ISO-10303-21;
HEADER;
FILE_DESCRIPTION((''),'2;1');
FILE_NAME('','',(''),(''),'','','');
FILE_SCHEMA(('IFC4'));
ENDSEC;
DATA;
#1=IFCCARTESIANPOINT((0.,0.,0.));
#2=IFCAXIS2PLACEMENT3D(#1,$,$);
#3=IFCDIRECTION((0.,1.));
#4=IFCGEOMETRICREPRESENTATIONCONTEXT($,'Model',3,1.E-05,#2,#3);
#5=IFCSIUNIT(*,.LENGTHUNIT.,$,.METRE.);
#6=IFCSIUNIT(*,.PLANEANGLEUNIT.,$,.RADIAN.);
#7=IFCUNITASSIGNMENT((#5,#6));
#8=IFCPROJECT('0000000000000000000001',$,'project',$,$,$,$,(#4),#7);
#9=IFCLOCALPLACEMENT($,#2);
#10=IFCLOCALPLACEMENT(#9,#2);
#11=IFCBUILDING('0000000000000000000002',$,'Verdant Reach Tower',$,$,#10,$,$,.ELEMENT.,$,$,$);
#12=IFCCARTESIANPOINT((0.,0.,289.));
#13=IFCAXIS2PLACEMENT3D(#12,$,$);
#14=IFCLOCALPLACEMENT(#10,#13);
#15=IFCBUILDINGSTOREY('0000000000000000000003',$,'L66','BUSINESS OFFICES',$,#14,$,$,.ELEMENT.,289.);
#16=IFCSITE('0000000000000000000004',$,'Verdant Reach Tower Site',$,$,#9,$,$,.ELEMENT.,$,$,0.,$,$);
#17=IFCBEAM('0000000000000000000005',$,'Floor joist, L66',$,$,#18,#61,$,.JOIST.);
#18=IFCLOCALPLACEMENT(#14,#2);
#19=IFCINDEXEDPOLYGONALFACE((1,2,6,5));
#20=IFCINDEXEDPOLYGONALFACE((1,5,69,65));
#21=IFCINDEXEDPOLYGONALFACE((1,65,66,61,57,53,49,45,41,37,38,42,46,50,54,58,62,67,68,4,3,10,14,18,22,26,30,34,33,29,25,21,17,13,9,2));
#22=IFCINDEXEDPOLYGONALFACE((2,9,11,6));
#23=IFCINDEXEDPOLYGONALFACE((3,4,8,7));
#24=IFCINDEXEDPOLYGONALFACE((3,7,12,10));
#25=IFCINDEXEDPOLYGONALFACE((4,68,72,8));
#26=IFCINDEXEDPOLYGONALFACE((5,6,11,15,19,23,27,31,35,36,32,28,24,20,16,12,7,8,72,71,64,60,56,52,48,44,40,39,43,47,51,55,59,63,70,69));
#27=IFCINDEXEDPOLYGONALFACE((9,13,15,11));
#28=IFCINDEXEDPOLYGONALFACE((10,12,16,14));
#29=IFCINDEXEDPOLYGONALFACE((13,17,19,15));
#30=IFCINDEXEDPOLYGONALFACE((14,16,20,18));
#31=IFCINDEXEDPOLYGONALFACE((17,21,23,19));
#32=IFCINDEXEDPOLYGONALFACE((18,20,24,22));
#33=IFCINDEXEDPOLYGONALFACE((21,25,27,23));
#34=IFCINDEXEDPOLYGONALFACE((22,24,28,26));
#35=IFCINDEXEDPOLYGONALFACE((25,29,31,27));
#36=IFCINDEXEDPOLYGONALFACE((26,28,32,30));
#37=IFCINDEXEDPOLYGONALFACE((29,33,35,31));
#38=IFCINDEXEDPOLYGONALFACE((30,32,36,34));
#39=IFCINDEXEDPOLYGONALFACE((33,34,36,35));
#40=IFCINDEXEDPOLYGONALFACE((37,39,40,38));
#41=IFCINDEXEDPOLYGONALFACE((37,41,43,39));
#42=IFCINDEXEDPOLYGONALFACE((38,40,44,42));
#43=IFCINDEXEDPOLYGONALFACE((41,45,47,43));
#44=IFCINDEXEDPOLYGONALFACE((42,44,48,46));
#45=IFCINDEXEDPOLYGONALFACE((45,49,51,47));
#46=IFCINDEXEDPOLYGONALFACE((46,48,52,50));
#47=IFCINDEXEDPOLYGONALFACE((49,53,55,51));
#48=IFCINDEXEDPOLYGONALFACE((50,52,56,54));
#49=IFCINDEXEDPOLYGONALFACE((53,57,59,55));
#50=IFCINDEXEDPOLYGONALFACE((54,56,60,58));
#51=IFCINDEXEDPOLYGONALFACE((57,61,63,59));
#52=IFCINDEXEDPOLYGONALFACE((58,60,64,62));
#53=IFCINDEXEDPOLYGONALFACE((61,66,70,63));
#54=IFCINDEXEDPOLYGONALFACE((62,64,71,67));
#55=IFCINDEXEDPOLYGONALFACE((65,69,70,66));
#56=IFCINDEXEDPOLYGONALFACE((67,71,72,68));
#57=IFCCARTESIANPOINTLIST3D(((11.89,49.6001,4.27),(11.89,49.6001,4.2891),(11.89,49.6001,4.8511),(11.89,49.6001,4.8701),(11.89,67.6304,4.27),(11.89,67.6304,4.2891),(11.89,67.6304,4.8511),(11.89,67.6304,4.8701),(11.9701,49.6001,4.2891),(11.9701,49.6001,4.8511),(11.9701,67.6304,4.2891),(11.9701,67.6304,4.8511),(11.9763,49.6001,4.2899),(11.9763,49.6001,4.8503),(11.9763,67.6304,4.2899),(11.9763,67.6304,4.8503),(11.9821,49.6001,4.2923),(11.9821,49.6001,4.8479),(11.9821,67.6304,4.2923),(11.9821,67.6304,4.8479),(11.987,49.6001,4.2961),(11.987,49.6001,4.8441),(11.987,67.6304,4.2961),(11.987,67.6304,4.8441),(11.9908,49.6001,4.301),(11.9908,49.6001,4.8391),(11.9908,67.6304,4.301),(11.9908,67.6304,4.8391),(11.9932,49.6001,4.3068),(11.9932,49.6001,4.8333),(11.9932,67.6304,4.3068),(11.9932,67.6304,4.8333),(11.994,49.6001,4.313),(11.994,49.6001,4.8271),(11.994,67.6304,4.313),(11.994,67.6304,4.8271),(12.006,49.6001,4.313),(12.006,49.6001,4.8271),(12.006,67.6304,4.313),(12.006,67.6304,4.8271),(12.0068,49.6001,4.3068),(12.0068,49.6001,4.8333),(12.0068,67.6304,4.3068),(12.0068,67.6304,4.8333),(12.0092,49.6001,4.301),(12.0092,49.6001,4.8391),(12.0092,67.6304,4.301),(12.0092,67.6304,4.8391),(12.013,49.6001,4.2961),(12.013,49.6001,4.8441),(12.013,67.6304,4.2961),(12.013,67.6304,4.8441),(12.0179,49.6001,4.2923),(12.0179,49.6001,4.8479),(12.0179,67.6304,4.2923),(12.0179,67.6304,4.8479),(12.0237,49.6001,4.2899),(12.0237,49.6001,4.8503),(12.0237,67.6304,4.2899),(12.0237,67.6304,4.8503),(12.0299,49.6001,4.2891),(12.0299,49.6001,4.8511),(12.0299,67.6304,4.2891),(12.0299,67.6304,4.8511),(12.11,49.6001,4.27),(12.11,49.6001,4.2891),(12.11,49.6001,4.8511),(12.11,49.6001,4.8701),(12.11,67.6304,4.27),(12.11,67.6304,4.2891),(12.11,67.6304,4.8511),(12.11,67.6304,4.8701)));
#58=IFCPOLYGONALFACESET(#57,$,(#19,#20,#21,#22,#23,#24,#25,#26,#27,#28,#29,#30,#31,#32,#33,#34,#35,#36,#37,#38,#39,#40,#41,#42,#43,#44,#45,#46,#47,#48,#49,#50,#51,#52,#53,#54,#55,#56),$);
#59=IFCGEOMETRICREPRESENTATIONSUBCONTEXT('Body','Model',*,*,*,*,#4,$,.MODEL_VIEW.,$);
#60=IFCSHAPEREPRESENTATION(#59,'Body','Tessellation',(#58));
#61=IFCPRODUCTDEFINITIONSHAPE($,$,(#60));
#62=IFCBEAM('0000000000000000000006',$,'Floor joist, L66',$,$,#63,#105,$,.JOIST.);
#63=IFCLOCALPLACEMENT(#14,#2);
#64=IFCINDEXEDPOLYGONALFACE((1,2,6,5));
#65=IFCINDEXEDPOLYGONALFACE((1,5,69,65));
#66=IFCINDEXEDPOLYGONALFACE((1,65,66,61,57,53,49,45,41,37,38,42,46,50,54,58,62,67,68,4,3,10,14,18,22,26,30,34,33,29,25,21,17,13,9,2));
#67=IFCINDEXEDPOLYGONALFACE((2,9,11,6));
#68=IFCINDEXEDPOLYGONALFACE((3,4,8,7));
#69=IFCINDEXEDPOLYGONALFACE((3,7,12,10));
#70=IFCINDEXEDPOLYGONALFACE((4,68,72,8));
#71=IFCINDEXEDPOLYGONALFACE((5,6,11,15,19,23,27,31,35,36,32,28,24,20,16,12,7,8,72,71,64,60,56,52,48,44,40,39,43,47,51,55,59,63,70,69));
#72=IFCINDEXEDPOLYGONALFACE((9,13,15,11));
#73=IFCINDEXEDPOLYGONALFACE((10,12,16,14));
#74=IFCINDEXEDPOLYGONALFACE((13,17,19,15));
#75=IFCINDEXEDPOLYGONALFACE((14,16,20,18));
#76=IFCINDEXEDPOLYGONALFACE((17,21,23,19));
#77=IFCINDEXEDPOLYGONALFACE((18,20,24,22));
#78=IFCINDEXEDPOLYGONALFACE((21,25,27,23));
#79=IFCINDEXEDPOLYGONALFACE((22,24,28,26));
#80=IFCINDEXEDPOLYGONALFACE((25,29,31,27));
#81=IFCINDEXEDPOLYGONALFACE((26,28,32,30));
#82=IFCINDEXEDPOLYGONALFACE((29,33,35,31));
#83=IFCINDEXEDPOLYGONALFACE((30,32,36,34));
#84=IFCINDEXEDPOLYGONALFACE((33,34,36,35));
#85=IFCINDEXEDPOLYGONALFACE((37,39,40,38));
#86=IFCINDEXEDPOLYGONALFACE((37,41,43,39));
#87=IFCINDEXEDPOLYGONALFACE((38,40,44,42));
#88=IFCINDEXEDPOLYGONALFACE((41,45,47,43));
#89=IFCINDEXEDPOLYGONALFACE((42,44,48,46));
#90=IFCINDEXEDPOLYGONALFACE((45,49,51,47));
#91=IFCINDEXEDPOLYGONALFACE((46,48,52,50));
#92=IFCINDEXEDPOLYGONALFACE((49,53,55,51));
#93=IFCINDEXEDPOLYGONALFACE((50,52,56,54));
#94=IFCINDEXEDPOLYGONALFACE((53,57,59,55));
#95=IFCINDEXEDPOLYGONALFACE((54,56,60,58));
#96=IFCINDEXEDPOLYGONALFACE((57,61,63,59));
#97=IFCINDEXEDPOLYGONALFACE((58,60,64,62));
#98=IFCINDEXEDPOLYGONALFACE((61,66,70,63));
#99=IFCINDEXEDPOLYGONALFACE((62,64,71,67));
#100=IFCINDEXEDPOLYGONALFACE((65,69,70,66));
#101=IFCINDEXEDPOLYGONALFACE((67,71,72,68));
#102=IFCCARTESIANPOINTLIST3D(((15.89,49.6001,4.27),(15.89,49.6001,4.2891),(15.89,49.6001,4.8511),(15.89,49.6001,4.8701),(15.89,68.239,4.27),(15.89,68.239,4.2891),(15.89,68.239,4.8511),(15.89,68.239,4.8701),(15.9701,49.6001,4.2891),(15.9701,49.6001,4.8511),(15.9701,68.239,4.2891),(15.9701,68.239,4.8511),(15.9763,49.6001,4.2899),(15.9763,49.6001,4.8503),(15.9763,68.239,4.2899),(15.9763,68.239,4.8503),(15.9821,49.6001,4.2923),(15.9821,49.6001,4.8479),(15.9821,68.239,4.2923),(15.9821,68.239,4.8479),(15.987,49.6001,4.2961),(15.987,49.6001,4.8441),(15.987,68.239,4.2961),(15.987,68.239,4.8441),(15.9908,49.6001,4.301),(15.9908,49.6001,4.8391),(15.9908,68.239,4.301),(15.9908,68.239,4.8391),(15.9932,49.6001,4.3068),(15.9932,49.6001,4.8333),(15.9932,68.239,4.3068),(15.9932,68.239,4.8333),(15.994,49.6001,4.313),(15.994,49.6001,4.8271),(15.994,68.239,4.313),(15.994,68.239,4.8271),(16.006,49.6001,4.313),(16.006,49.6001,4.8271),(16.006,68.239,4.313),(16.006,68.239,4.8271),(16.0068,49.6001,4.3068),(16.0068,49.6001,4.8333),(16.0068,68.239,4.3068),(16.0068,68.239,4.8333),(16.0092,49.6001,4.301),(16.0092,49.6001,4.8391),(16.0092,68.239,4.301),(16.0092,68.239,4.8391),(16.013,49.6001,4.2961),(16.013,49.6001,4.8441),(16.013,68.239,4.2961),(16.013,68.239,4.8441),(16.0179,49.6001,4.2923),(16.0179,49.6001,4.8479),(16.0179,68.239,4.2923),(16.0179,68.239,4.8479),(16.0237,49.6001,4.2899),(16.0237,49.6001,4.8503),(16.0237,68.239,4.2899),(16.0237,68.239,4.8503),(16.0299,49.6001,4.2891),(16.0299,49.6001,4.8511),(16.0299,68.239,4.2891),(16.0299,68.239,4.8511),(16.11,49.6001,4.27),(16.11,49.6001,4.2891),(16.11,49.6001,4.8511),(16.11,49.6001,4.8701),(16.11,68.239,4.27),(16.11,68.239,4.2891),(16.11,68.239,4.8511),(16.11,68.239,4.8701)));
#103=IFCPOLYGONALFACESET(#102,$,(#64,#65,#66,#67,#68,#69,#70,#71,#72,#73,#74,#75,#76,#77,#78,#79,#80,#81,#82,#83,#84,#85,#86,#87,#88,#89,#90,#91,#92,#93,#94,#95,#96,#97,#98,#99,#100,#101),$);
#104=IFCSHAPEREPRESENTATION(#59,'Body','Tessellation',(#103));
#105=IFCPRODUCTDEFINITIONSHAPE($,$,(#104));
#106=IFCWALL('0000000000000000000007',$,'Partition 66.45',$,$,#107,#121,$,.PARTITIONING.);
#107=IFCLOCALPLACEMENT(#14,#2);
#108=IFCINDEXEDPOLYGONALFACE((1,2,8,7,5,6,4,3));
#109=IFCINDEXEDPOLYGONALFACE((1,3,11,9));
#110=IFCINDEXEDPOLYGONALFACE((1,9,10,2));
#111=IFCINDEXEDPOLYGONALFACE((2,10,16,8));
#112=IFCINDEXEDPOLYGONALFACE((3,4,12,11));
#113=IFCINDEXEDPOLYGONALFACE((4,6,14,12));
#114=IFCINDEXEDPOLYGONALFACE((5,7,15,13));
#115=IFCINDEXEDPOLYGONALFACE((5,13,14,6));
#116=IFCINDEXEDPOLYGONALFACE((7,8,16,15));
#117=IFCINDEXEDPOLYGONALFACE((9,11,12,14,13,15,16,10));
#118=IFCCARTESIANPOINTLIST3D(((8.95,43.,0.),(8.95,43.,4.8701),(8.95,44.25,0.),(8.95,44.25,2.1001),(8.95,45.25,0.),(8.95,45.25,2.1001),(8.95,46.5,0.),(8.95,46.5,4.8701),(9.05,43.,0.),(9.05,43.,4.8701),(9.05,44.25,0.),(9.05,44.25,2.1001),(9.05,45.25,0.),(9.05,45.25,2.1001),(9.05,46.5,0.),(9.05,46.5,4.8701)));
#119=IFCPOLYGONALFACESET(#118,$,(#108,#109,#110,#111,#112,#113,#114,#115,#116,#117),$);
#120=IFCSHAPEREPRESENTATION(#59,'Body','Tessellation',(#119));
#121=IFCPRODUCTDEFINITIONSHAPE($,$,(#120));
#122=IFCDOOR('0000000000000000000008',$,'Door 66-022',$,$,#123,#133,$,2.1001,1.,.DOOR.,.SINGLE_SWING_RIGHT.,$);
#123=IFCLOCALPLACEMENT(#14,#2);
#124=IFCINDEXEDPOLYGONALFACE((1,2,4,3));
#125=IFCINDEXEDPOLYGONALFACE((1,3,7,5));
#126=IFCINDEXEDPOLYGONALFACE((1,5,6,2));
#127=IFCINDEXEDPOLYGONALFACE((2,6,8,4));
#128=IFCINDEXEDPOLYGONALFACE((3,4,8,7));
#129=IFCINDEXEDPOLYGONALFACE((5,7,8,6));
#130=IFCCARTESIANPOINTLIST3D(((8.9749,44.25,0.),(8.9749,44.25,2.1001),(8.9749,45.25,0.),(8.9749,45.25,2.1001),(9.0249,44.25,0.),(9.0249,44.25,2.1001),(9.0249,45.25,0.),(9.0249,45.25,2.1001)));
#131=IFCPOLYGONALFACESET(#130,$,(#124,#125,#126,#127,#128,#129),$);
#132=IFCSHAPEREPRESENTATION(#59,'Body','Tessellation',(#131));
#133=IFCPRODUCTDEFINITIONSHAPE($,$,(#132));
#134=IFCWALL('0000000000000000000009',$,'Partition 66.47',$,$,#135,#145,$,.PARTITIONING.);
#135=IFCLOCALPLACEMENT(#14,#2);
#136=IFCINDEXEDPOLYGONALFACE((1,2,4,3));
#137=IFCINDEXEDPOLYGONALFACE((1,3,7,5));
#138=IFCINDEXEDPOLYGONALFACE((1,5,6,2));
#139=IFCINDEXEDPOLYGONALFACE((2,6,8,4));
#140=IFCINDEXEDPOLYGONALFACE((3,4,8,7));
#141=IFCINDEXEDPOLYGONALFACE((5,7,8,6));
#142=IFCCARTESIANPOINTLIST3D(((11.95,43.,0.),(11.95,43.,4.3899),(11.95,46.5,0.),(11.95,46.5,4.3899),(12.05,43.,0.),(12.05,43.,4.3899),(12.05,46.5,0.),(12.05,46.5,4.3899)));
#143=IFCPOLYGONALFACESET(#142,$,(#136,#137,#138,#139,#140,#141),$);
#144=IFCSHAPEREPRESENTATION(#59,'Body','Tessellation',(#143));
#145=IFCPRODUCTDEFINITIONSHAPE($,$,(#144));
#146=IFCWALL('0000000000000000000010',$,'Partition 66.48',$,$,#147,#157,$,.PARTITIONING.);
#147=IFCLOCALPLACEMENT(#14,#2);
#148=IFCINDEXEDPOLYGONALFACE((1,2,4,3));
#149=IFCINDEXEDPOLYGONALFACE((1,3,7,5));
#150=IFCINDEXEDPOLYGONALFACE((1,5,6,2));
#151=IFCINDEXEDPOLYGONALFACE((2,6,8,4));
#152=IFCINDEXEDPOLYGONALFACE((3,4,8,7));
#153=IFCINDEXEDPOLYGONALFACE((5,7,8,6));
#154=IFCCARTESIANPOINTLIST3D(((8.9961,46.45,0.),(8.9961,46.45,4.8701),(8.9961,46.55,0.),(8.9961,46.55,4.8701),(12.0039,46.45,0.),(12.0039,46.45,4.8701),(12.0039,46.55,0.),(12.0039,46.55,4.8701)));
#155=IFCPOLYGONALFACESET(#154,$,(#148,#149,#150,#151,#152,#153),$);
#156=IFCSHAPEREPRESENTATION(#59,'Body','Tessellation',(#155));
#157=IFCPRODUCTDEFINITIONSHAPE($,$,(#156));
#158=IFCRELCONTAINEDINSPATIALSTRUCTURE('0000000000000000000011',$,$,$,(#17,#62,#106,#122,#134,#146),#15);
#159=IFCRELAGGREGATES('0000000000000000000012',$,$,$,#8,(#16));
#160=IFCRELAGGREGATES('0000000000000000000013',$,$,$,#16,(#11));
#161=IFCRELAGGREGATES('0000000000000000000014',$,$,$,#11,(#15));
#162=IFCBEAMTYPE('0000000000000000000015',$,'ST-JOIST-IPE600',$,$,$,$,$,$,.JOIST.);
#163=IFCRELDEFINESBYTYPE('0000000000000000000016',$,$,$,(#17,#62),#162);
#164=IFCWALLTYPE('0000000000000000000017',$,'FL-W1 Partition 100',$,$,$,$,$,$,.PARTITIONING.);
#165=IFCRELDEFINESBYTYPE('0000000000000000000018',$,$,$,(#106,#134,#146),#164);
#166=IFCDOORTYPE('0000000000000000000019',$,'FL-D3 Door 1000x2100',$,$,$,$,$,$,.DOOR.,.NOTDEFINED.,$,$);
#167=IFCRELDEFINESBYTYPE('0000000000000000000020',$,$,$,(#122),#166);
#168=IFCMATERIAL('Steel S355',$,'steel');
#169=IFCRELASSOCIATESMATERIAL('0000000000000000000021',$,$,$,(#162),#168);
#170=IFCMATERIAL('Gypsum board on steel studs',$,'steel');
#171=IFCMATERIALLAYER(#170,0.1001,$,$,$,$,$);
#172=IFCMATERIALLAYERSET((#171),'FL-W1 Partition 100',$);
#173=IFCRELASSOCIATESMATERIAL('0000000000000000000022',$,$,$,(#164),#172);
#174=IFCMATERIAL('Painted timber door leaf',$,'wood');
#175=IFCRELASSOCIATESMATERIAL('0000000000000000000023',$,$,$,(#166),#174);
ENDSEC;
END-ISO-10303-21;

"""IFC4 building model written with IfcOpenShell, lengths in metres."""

from ifc_helpers import new_model, si_unit, direction, frame, frame_2d, origin, origin_2d, place, context, subcontext, project, spatial, rectangle, i_section, extrude, material, layer, layer_set, material_profile, profile_set, type_object, element, fill, save


model = new_model("IFC4")

# Units and contexts
model_context = context("Model", 3, precision=1e-05, world=origin(), true_north=direction((0.0, 1.0)))
body_context = subcontext(model_context, "Body", "Model", "MODEL_VIEW")
ifc_project = project(units=[si_unit("LENGTHUNIT", "METRE"), si_unit("PLANEANGLEUNIT", "RADIAN")], contexts=[model_context])

# Site, building, storey
site_placement = place(None, origin())
site = spatial("IfcSite", under=ifc_project, at=site_placement, Name="Verdant Reach Tower Site", CompositionType="ELEMENT", RefElevation=0.0)
building_placement = place(site_placement, origin())
building = spatial("IfcBuilding", under=site, at=building_placement, Name="Verdant Reach Tower", CompositionType="ELEMENT")
storey_placement = place(building_placement, frame((0.0, 0.0, 289.0)))
storey = spatial("IfcBuildingStorey", under=building, at=storey_placement, Name="L66", Description="BUSINESS OFFICES", CompositionType="ELEMENT", Elevation=289.0)

# Beams
ifc_material_1 = material(Name="Steel S355", Category="steel")
ifc_material_profile_1 = material_profile(ifc_material_1, i_section(OverallWidth=0.22, OverallDepth=0.6001, WebThickness=0.012, FlangeThickness=0.019, FilletRadius=0.0239, at=origin_2d()), Name="IPE 600")
ifc_profile_set_1 = profile_set([ifc_material_profile_1], Name="Steel S355")
beam_type_1 = type_object("IfcBeamType", Name="ST-JOIST-IPE600", PredefinedType="JOIST", material=ifc_profile_set_1)
beam_1_placement = place(storey_placement, frame((12.0, 49.6001, 4.5701), z_axis=(0.0, 1.0, 0.0), x_axis=(-1.0, 0.0, 0.0)))
element("IfcBeam", 1, at=beam_1_placement, inside=storey, type_object=beam_type_1, Name="Floor joist, L66", PredefinedType="JOIST", context=body_context, shape_type="SweptSolid", body=[
    extrude(i_section(OverallWidth=0.22, OverallDepth=0.6001, WebThickness=0.012, FlangeThickness=0.019, FilletRadius=0.0239, at=origin_2d()), origin(), (0.0, 0.0, 1.0), 18.0303),
])
beam_2_placement = place(storey_placement, frame((16.0, 49.6001, 4.5701), z_axis=(0.0, 1.0, 0.0), x_axis=(-1.0, 0.0, 0.0)))
element("IfcBeam", 2, at=beam_2_placement, inside=storey, type_object=beam_type_1, Name="Floor joist, L66", PredefinedType="JOIST", context=body_context, shape_type="SweptSolid", body=[
    extrude(i_section(OverallWidth=0.22, OverallDepth=0.6001, WebThickness=0.012, FlangeThickness=0.019, FilletRadius=0.0239, at=origin_2d()), origin(), (0.0, 0.0, 1.0), 18.6389),
])

# Wall, opening, door
ifc_material_2 = material(Name="Gypsum board on steel studs", Category="steel")
ifc_layer_1 = layer(ifc_material_2, 0.1001)
ifc_layer_set_1 = layer_set([ifc_layer_1], Name="FL-W1 Partition 100")
wall_type_1 = type_object("IfcWallType", Name="FL-W1 Partition 100", PredefinedType="PARTITIONING", material=ifc_layer_set_1)
wall_1_placement = place(storey_placement, frame((9.0, 46.5, 0.0), z_axis=(0.0, 0.0, 1.0), x_axis=(0.0, -1.0, 0.0)))
wall_1 = element("IfcWall", 3, at=wall_1_placement, inside=storey, type_object=wall_type_1, Name="Partition 66.45", PredefinedType="PARTITIONING", context=body_context, shape_type="SweptSolid", body=[
    extrude(rectangle(XDim=3.5, YDim=0.1001, at=frame_2d((1.75, 0.0))), origin(), (0.0, 0.0, 1.0), 4.8701),
])
opening_1_placement = place(wall_1_placement, frame((1.25, 0.0, 0.0)))
opening_1 = element("IfcOpeningElement", 4, at=opening_1_placement, cuts=wall_1, PredefinedType="OPENING", context=body_context, shape_type="SweptSolid", body=[
    extrude(rectangle(XDim=1.0, YDim=2.1001, at=frame_2d((0.5, 1.05))), frame((0.0, 0.0601, 0.0), z_axis=(0.0, -1.0, 0.0), x_axis=(1.0, 0.0, 0.0)), (0.0, 0.0, 1.0), 0.1201),
])
ifc_material_3 = material(Name="Painted timber door leaf", Category="wood")
door_type_1 = type_object("IfcDoorType", Name="FL-D3 Door 1000x2100", OperationType="NOTDEFINED", PredefinedType="DOOR", material=ifc_material_3)
door_1_placement = place(opening_1_placement, origin())
door_1 = element("IfcDoor", 5, at=door_1_placement, inside=storey, type_object=door_type_1, Name="Door 66-022", OperationType="SINGLE_SWING_RIGHT", OverallHeight=2.1001, OverallWidth=1.0, PredefinedType="DOOR", context=body_context, shape_type="SweptSolid", body=[
    extrude(rectangle(XDim=1.0, YDim=2.1001, at=frame_2d((0.5, 1.05))), frame((0.0, 0.0249, 0.0), z_axis=(0.0, -1.0, 0.0), x_axis=(1.0, 0.0, 0.0)), (0.0, 0.0, 1.0), 0.05),
])
fill(opening_1, door_1)

# Walls
wall_2_placement = place(storey_placement, frame((12.0, 43.0, 0.0), z_axis=(0.0, 0.0, 1.0), x_axis=(0.0, 1.0, 0.0)))
element("IfcWall", 6, at=wall_2_placement, inside=storey, type_object=wall_type_1, Name="Partition 66.47", PredefinedType="PARTITIONING", context=body_context, shape_type="SweptSolid", body=[
    extrude(rectangle(XDim=3.5, YDim=0.1001, at=frame_2d((1.75, 0.0))), origin(), (0.0, 0.0, 1.0), 4.3899),
])
wall_3_placement = place(storey_placement, frame((12.0039, 46.5, 0.0), z_axis=(0.0, 0.0, 1.0), x_axis=(-1.0, 0.0, 0.0)))
element("IfcWall", 7, at=wall_3_placement, inside=storey, type_object=wall_type_1, Name="Partition 66.48", PredefinedType="PARTITIONING", context=body_context, shape_type="SweptSolid", body=[
    extrude(rectangle(XDim=3.0078, YDim=0.1001, at=frame_2d((1.5039, 0.0))), origin(), (0.0, 0.0, 1.0), 4.8701),
])

save(model, "model.ifc")
